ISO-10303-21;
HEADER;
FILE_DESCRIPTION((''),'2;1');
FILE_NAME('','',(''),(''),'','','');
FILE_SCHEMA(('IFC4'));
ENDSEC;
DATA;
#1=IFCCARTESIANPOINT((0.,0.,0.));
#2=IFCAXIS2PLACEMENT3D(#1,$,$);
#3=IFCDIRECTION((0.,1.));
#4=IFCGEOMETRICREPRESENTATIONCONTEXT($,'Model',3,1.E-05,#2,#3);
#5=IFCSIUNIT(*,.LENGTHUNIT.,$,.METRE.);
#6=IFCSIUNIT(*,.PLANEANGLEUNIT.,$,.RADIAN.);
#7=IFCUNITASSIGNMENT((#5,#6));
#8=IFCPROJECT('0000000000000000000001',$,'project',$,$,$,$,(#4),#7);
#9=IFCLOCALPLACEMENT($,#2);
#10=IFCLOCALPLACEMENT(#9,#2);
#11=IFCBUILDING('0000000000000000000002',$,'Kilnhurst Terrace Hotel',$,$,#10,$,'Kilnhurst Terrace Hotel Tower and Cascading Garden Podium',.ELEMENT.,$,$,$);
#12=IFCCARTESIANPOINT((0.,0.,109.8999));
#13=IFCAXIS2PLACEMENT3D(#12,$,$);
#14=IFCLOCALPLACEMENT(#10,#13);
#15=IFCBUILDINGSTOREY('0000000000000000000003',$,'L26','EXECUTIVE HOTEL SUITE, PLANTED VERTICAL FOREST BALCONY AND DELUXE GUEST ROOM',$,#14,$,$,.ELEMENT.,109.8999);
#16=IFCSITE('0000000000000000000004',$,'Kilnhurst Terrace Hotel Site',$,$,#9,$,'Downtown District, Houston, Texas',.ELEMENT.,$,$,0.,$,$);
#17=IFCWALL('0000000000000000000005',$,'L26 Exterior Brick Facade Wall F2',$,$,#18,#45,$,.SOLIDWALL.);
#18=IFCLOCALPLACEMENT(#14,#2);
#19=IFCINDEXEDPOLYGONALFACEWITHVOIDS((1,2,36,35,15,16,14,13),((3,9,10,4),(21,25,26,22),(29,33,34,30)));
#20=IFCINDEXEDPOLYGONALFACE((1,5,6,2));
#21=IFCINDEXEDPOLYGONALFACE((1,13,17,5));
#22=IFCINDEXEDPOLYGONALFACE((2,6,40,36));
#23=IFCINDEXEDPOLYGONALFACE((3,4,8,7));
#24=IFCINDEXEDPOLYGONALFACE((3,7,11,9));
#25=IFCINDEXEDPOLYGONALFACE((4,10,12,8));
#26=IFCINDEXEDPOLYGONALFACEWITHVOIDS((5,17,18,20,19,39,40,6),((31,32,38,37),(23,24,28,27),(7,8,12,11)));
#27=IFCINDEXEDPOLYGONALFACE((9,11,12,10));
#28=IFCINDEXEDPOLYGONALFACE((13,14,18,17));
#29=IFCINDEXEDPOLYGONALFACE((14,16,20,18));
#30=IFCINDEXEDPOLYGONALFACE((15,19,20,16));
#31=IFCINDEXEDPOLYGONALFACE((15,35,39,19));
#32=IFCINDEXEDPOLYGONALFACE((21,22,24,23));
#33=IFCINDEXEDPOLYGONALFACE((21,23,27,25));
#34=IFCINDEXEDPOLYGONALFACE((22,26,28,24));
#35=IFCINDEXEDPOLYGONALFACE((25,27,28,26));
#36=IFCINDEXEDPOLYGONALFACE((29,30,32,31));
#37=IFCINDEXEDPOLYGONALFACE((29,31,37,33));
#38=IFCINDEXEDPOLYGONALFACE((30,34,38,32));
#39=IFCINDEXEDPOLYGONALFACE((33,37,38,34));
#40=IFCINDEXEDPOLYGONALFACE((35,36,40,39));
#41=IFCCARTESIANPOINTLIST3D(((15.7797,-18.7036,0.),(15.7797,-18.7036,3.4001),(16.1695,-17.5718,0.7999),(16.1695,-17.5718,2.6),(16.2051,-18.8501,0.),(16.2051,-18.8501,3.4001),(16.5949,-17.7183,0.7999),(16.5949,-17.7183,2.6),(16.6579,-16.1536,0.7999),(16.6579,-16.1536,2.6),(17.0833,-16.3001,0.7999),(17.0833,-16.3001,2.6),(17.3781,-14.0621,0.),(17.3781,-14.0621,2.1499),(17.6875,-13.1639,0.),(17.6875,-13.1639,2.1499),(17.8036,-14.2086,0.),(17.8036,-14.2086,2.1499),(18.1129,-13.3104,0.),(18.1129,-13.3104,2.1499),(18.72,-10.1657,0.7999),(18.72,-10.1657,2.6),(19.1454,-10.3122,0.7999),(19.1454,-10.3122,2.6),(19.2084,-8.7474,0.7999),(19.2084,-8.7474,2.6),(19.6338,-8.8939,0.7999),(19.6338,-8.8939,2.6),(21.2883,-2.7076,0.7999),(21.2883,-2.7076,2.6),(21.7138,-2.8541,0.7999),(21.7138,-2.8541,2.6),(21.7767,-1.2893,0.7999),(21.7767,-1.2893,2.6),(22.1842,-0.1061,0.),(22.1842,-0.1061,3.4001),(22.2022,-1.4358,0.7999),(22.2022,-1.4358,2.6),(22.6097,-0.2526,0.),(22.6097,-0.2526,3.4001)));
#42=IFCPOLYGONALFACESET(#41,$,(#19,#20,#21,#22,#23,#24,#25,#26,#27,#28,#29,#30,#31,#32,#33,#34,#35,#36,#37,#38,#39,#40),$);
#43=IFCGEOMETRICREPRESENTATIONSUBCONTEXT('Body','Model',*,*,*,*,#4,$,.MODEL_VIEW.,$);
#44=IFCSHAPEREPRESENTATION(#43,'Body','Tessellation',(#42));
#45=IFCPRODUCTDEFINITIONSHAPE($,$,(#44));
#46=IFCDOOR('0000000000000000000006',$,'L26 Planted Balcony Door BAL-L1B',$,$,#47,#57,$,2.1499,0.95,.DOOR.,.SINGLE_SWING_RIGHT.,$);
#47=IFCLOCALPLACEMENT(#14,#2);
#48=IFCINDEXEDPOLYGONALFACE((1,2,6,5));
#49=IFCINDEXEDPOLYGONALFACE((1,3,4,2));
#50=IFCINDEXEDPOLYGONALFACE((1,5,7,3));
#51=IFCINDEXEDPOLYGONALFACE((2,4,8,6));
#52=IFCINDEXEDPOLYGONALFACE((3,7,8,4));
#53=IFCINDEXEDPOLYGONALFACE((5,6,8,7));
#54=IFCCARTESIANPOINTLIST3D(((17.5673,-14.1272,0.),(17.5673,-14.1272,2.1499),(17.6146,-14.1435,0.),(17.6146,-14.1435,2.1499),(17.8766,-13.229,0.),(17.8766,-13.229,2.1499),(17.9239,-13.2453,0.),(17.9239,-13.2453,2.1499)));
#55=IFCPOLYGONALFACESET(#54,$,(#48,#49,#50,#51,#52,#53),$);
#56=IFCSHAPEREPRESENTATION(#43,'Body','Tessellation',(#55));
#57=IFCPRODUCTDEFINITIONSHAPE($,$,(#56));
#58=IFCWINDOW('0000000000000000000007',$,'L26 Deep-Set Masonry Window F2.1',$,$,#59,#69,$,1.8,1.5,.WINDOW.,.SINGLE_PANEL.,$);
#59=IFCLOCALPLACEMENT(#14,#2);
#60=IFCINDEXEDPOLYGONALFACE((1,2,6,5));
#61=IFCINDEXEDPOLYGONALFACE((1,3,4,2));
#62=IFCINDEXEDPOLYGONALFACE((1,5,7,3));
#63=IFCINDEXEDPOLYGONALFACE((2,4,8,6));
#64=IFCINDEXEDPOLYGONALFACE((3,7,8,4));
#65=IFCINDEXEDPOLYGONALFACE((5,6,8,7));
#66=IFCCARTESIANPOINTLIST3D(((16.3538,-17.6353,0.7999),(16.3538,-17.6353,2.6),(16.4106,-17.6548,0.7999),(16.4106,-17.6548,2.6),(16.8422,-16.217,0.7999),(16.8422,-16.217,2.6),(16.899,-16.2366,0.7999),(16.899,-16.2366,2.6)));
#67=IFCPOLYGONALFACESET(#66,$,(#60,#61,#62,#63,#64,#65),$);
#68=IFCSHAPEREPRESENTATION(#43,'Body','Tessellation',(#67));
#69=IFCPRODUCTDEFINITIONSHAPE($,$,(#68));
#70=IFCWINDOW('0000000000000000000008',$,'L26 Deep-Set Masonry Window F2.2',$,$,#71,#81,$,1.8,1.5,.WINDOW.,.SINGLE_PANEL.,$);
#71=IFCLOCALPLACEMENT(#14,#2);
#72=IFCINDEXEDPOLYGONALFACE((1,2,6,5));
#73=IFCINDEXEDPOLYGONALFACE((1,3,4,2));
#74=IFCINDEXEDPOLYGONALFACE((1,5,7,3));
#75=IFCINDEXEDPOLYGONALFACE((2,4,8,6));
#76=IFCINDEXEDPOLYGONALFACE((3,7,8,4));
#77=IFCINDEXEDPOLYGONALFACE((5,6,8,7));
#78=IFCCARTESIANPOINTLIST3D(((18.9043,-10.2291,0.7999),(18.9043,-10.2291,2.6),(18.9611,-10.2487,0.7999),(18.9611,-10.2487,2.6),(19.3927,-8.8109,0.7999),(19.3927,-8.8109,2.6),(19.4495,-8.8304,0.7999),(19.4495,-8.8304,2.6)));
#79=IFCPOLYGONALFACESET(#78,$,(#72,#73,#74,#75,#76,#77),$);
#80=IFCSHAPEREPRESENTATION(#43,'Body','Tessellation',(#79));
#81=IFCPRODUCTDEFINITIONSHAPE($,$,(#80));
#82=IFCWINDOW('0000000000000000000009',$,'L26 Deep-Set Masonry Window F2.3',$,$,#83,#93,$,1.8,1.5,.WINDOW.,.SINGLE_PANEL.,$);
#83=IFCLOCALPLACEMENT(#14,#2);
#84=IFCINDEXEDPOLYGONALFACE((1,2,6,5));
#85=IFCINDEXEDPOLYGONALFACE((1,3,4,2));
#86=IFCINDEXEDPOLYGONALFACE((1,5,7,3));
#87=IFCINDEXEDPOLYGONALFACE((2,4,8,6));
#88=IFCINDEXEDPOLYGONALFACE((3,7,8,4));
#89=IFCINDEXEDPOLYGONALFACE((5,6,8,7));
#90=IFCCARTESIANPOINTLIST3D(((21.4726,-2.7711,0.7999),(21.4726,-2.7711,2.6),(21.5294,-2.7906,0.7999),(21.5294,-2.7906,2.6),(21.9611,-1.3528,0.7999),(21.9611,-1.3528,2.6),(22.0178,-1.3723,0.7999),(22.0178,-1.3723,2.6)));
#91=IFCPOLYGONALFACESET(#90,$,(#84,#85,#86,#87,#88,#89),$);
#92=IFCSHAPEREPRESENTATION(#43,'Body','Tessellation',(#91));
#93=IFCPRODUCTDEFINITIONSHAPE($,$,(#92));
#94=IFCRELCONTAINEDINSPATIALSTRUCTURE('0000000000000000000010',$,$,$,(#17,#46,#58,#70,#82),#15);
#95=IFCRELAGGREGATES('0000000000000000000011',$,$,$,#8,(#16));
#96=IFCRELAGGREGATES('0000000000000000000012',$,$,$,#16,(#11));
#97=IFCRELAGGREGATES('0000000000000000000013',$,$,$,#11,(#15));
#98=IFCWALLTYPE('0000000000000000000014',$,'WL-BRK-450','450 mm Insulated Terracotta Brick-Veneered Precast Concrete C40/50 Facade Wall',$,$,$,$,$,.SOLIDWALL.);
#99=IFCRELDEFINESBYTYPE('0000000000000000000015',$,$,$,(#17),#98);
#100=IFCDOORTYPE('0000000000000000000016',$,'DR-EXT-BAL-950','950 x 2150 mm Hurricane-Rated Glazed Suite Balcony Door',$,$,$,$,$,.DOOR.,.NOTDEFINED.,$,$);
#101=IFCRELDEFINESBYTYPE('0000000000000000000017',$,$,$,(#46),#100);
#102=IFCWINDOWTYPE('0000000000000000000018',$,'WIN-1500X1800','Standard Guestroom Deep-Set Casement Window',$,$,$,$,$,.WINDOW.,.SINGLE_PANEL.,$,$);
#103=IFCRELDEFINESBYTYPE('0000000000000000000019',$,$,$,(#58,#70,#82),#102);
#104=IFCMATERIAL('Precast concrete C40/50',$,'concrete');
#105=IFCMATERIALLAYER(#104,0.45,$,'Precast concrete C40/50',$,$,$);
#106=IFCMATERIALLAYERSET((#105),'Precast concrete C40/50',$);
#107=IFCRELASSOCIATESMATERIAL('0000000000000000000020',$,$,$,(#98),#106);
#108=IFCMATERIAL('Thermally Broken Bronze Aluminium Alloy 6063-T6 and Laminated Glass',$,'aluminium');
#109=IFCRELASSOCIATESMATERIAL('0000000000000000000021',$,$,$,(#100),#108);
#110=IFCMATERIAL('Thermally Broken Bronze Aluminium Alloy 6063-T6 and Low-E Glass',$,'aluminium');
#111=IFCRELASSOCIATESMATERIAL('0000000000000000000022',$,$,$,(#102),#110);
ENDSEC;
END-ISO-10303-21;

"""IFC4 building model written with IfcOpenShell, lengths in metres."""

from ifc_helpers import new_model, si_unit, direction, frame, frame_2d, origin, place, context, subcontext, project, spatial, rectangle, extrude, material, layer, layer_set, type_object, element, fill, save


model = new_model("IFC4")

# Units and contexts
model_context = context("Model", 3, precision=1e-05, world=origin(), true_north=direction((0.0, 1.0)))
body_context = subcontext(model_context, "Body", "Model", "MODEL_VIEW")
ifc_project = project(units=[si_unit("LENGTHUNIT", "METRE"), si_unit("PLANEANGLEUNIT", "RADIAN")], contexts=[model_context])

# Site, building, storey
site_placement = place(None, origin())
site = spatial("IfcSite", under=ifc_project, at=site_placement, Name="Kilnhurst Terrace Hotel Site", LongName="Downtown District, Houston, Texas", CompositionType="ELEMENT", RefElevation=0.0)
building_placement = place(site_placement, origin())
building = spatial("IfcBuilding", under=site, at=building_placement, Name="Kilnhurst Terrace Hotel", LongName="Kilnhurst Terrace Hotel Tower and Cascading Garden Podium", CompositionType="ELEMENT")
storey_placement = place(building_placement, frame((0.0, 0.0, 109.8999)))
storey = spatial("IfcBuildingStorey", under=building, at=storey_placement, Name="L26", Description="EXECUTIVE HOTEL SUITE, PLANTED VERTICAL FOREST BALCONY AND DELUXE GUEST ROOM", CompositionType="ELEMENT", Elevation=109.8999)

# Shared definitions
ifc_material_1 = material(Name="Precast concrete C40/50", Category="concrete")
ifc_layer_1 = layer(ifc_material_1, 0.45, Name="Precast concrete C40/50")
ifc_layer_set_1 = layer_set([ifc_layer_1], Name="Precast concrete C40/50")
wall_type_1 = type_object("IfcWallType", Name="WL-BRK-450", Description="450 mm Insulated Terracotta Brick-Veneered Precast Concrete C40/50 Facade Wall", PredefinedType="SOLIDWALL", material=ifc_layer_set_1)

# Wall, openings, door, windows
wall_1_placement = place(storey_placement, frame((15.9924, -18.7769, 0.0), z_axis=(0.0, 0.0, 1.0), x_axis=(0.325607, 0.945505, 0.0)))
wall_1 = element("IfcWall", 1, at=wall_1_placement, inside=storey, type_object=wall_type_1, Name="L26 Exterior Brick Facade Wall F2", PredefinedType="SOLIDWALL", context=body_context, shape_type="SweptSolid", body=[
    extrude(rectangle(XDim=19.6694, YDim=0.45, at=frame_2d((9.8347, 0.0))), origin(), (0.0, 0.0, 1.0), 3.4001),
])
opening_1_placement = place(wall_1_placement, frame((4.9089, 0.0, 0.0)))
opening_1 = element("IfcOpeningElement", 2, at=opening_1_placement, cuts=wall_1, PredefinedType="OPENING", context=body_context, shape_type="SweptSolid", body=[
    extrude(rectangle(XDim=0.95, YDim=2.1499, at=frame_2d((0.4751, 1.075))), frame((0.0, 0.2349, 0.0), z_axis=(0.0, -1.0, 0.0), x_axis=(1.0, 0.0, 0.0)), (0.0, 0.0, 1.0), 0.47),
])
opening_2_placement = place(wall_1_placement, frame((1.197, 0.0, 0.8)))
opening_2 = element("IfcOpeningElement", 3, at=opening_2_placement, cuts=wall_1, PredefinedType="OPENING", context=body_context, shape_type="SweptSolid", body=[
    extrude(rectangle(XDim=1.5, YDim=1.8, at=frame_2d((0.75, 0.8999))), frame((0.0, 0.2349, 0.0), z_axis=(0.0, -1.0, 0.0), x_axis=(1.0, 0.0, 0.0)), (0.0, 0.0, 1.0), 0.47),
])
opening_3_placement = place(wall_1_placement, frame((9.03, 0.0, 0.8)))
opening_3 = element("IfcOpeningElement", 4, at=opening_3_placement, cuts=wall_1, PredefinedType="OPENING", context=body_context, shape_type="SweptSolid", body=[
    extrude(rectangle(XDim=1.5, YDim=1.8, at=frame_2d((0.75, 0.8999))), frame((0.0, 0.2349, 0.0), z_axis=(0.0, -1.0, 0.0), x_axis=(1.0, 0.0, 0.0)), (0.0, 0.0, 1.0), 0.47),
])
opening_4_placement = place(wall_1_placement, frame((16.918, 0.0, 0.8)))
opening_4 = element("IfcOpeningElement", 5, at=opening_4_placement, cuts=wall_1, PredefinedType="OPENING", context=body_context, shape_type="SweptSolid", body=[
    extrude(rectangle(XDim=1.5, YDim=1.8, at=frame_2d((0.75, 0.8999))), frame((0.0, 0.2349, 0.0), z_axis=(0.0, -1.0, 0.0), x_axis=(1.0, 0.0, 0.0)), (0.0, 0.0, 1.0), 0.47),
])
ifc_material_2 = material(Name="Thermally Broken Bronze Aluminium Alloy 6063-T6 and Laminated Glass", Category="aluminium")
door_type_1 = type_object("IfcDoorType", Name="DR-EXT-BAL-950", Description="950 x 2150 mm Hurricane-Rated Glazed Suite Balcony Door", OperationType="NOTDEFINED", PredefinedType="DOOR", material=ifc_material_2)
door_1_placement = place(opening_1_placement, origin())
door_1 = element("IfcDoor", 6, at=door_1_placement, inside=storey, type_object=door_type_1, Name="L26 Planted Balcony Door BAL-L1B", OperationType="SINGLE_SWING_RIGHT", OverallHeight=2.1499, OverallWidth=0.95, PredefinedType="DOOR", context=body_context, shape_type="SweptSolid", body=[
    extrude(rectangle(XDim=0.95, YDim=2.1499, at=frame_2d((0.4751, 1.075))), frame((0.0, 0.0249, 0.0), z_axis=(0.0, -1.0, 0.0), x_axis=(1.0, 0.0, 0.0)), (0.0, 0.0, 1.0), 0.05),
])
fill(opening_1, door_1)
ifc_material_3 = material(Name="Thermally Broken Bronze Aluminium Alloy 6063-T6 and Low-E Glass", Category="aluminium")
window_type = type_object("IfcWindowType", Name="WIN-1500X1800", Description="Standard Guestroom Deep-Set Casement Window", PartitioningType="SINGLE_PANEL", PredefinedType="WINDOW", material=ifc_material_3)
window_1_placement = place(opening_2_placement, origin())
window_1 = element("IfcWindow", 7, at=window_1_placement, inside=storey, type_object=window_type, Name="L26 Deep-Set Masonry Window F2.1", OverallHeight=1.8, OverallWidth=1.5, PartitioningType="SINGLE_PANEL", PredefinedType="WINDOW", context=body_context, shape_type="SweptSolid", body=[
    extrude(rectangle(XDim=1.5, YDim=1.8, at=frame_2d((0.75, 0.8999))), frame((0.0, 0.03, 0.0), z_axis=(0.0, -1.0, 0.0), x_axis=(1.0, 0.0, 0.0)), (0.0, 0.0, 1.0), 0.0601),
])
fill(opening_2, window_1)
window_2_placement = place(opening_3_placement, origin())
window_2 = element("IfcWindow", 8, at=window_2_placement, inside=storey, type_object=window_type, Name="L26 Deep-Set Masonry Window F2.2", OverallHeight=1.8, OverallWidth=1.5, PartitioningType="SINGLE_PANEL", PredefinedType="WINDOW", context=body_context, shape_type="SweptSolid", body=[
    extrude(rectangle(XDim=1.5, YDim=1.8, at=frame_2d((0.75, 0.8999))), frame((0.0, 0.03, 0.0), z_axis=(0.0, -1.0, 0.0), x_axis=(1.0, 0.0, 0.0)), (0.0, 0.0, 1.0), 0.0601),
])
fill(opening_3, window_2)
window_3_placement = place(opening_4_placement, origin())
window_3 = element("IfcWindow", 9, at=window_3_placement, inside=storey, type_object=window_type, Name="L26 Deep-Set Masonry Window F2.3", OverallHeight=1.8, OverallWidth=1.5, PartitioningType="SINGLE_PANEL", PredefinedType="WINDOW", context=body_context, shape_type="SweptSolid", body=[
    extrude(rectangle(XDim=1.5, YDim=1.8, at=frame_2d((0.75, 0.8999))), frame((0.0, 0.03, 0.0), z_axis=(0.0, -1.0, 0.0), x_axis=(1.0, 0.0, 0.0)), (0.0, 0.0, 1.0), 0.0601),
])
fill(opening_4, window_3)

save(model, "model.ifc")
